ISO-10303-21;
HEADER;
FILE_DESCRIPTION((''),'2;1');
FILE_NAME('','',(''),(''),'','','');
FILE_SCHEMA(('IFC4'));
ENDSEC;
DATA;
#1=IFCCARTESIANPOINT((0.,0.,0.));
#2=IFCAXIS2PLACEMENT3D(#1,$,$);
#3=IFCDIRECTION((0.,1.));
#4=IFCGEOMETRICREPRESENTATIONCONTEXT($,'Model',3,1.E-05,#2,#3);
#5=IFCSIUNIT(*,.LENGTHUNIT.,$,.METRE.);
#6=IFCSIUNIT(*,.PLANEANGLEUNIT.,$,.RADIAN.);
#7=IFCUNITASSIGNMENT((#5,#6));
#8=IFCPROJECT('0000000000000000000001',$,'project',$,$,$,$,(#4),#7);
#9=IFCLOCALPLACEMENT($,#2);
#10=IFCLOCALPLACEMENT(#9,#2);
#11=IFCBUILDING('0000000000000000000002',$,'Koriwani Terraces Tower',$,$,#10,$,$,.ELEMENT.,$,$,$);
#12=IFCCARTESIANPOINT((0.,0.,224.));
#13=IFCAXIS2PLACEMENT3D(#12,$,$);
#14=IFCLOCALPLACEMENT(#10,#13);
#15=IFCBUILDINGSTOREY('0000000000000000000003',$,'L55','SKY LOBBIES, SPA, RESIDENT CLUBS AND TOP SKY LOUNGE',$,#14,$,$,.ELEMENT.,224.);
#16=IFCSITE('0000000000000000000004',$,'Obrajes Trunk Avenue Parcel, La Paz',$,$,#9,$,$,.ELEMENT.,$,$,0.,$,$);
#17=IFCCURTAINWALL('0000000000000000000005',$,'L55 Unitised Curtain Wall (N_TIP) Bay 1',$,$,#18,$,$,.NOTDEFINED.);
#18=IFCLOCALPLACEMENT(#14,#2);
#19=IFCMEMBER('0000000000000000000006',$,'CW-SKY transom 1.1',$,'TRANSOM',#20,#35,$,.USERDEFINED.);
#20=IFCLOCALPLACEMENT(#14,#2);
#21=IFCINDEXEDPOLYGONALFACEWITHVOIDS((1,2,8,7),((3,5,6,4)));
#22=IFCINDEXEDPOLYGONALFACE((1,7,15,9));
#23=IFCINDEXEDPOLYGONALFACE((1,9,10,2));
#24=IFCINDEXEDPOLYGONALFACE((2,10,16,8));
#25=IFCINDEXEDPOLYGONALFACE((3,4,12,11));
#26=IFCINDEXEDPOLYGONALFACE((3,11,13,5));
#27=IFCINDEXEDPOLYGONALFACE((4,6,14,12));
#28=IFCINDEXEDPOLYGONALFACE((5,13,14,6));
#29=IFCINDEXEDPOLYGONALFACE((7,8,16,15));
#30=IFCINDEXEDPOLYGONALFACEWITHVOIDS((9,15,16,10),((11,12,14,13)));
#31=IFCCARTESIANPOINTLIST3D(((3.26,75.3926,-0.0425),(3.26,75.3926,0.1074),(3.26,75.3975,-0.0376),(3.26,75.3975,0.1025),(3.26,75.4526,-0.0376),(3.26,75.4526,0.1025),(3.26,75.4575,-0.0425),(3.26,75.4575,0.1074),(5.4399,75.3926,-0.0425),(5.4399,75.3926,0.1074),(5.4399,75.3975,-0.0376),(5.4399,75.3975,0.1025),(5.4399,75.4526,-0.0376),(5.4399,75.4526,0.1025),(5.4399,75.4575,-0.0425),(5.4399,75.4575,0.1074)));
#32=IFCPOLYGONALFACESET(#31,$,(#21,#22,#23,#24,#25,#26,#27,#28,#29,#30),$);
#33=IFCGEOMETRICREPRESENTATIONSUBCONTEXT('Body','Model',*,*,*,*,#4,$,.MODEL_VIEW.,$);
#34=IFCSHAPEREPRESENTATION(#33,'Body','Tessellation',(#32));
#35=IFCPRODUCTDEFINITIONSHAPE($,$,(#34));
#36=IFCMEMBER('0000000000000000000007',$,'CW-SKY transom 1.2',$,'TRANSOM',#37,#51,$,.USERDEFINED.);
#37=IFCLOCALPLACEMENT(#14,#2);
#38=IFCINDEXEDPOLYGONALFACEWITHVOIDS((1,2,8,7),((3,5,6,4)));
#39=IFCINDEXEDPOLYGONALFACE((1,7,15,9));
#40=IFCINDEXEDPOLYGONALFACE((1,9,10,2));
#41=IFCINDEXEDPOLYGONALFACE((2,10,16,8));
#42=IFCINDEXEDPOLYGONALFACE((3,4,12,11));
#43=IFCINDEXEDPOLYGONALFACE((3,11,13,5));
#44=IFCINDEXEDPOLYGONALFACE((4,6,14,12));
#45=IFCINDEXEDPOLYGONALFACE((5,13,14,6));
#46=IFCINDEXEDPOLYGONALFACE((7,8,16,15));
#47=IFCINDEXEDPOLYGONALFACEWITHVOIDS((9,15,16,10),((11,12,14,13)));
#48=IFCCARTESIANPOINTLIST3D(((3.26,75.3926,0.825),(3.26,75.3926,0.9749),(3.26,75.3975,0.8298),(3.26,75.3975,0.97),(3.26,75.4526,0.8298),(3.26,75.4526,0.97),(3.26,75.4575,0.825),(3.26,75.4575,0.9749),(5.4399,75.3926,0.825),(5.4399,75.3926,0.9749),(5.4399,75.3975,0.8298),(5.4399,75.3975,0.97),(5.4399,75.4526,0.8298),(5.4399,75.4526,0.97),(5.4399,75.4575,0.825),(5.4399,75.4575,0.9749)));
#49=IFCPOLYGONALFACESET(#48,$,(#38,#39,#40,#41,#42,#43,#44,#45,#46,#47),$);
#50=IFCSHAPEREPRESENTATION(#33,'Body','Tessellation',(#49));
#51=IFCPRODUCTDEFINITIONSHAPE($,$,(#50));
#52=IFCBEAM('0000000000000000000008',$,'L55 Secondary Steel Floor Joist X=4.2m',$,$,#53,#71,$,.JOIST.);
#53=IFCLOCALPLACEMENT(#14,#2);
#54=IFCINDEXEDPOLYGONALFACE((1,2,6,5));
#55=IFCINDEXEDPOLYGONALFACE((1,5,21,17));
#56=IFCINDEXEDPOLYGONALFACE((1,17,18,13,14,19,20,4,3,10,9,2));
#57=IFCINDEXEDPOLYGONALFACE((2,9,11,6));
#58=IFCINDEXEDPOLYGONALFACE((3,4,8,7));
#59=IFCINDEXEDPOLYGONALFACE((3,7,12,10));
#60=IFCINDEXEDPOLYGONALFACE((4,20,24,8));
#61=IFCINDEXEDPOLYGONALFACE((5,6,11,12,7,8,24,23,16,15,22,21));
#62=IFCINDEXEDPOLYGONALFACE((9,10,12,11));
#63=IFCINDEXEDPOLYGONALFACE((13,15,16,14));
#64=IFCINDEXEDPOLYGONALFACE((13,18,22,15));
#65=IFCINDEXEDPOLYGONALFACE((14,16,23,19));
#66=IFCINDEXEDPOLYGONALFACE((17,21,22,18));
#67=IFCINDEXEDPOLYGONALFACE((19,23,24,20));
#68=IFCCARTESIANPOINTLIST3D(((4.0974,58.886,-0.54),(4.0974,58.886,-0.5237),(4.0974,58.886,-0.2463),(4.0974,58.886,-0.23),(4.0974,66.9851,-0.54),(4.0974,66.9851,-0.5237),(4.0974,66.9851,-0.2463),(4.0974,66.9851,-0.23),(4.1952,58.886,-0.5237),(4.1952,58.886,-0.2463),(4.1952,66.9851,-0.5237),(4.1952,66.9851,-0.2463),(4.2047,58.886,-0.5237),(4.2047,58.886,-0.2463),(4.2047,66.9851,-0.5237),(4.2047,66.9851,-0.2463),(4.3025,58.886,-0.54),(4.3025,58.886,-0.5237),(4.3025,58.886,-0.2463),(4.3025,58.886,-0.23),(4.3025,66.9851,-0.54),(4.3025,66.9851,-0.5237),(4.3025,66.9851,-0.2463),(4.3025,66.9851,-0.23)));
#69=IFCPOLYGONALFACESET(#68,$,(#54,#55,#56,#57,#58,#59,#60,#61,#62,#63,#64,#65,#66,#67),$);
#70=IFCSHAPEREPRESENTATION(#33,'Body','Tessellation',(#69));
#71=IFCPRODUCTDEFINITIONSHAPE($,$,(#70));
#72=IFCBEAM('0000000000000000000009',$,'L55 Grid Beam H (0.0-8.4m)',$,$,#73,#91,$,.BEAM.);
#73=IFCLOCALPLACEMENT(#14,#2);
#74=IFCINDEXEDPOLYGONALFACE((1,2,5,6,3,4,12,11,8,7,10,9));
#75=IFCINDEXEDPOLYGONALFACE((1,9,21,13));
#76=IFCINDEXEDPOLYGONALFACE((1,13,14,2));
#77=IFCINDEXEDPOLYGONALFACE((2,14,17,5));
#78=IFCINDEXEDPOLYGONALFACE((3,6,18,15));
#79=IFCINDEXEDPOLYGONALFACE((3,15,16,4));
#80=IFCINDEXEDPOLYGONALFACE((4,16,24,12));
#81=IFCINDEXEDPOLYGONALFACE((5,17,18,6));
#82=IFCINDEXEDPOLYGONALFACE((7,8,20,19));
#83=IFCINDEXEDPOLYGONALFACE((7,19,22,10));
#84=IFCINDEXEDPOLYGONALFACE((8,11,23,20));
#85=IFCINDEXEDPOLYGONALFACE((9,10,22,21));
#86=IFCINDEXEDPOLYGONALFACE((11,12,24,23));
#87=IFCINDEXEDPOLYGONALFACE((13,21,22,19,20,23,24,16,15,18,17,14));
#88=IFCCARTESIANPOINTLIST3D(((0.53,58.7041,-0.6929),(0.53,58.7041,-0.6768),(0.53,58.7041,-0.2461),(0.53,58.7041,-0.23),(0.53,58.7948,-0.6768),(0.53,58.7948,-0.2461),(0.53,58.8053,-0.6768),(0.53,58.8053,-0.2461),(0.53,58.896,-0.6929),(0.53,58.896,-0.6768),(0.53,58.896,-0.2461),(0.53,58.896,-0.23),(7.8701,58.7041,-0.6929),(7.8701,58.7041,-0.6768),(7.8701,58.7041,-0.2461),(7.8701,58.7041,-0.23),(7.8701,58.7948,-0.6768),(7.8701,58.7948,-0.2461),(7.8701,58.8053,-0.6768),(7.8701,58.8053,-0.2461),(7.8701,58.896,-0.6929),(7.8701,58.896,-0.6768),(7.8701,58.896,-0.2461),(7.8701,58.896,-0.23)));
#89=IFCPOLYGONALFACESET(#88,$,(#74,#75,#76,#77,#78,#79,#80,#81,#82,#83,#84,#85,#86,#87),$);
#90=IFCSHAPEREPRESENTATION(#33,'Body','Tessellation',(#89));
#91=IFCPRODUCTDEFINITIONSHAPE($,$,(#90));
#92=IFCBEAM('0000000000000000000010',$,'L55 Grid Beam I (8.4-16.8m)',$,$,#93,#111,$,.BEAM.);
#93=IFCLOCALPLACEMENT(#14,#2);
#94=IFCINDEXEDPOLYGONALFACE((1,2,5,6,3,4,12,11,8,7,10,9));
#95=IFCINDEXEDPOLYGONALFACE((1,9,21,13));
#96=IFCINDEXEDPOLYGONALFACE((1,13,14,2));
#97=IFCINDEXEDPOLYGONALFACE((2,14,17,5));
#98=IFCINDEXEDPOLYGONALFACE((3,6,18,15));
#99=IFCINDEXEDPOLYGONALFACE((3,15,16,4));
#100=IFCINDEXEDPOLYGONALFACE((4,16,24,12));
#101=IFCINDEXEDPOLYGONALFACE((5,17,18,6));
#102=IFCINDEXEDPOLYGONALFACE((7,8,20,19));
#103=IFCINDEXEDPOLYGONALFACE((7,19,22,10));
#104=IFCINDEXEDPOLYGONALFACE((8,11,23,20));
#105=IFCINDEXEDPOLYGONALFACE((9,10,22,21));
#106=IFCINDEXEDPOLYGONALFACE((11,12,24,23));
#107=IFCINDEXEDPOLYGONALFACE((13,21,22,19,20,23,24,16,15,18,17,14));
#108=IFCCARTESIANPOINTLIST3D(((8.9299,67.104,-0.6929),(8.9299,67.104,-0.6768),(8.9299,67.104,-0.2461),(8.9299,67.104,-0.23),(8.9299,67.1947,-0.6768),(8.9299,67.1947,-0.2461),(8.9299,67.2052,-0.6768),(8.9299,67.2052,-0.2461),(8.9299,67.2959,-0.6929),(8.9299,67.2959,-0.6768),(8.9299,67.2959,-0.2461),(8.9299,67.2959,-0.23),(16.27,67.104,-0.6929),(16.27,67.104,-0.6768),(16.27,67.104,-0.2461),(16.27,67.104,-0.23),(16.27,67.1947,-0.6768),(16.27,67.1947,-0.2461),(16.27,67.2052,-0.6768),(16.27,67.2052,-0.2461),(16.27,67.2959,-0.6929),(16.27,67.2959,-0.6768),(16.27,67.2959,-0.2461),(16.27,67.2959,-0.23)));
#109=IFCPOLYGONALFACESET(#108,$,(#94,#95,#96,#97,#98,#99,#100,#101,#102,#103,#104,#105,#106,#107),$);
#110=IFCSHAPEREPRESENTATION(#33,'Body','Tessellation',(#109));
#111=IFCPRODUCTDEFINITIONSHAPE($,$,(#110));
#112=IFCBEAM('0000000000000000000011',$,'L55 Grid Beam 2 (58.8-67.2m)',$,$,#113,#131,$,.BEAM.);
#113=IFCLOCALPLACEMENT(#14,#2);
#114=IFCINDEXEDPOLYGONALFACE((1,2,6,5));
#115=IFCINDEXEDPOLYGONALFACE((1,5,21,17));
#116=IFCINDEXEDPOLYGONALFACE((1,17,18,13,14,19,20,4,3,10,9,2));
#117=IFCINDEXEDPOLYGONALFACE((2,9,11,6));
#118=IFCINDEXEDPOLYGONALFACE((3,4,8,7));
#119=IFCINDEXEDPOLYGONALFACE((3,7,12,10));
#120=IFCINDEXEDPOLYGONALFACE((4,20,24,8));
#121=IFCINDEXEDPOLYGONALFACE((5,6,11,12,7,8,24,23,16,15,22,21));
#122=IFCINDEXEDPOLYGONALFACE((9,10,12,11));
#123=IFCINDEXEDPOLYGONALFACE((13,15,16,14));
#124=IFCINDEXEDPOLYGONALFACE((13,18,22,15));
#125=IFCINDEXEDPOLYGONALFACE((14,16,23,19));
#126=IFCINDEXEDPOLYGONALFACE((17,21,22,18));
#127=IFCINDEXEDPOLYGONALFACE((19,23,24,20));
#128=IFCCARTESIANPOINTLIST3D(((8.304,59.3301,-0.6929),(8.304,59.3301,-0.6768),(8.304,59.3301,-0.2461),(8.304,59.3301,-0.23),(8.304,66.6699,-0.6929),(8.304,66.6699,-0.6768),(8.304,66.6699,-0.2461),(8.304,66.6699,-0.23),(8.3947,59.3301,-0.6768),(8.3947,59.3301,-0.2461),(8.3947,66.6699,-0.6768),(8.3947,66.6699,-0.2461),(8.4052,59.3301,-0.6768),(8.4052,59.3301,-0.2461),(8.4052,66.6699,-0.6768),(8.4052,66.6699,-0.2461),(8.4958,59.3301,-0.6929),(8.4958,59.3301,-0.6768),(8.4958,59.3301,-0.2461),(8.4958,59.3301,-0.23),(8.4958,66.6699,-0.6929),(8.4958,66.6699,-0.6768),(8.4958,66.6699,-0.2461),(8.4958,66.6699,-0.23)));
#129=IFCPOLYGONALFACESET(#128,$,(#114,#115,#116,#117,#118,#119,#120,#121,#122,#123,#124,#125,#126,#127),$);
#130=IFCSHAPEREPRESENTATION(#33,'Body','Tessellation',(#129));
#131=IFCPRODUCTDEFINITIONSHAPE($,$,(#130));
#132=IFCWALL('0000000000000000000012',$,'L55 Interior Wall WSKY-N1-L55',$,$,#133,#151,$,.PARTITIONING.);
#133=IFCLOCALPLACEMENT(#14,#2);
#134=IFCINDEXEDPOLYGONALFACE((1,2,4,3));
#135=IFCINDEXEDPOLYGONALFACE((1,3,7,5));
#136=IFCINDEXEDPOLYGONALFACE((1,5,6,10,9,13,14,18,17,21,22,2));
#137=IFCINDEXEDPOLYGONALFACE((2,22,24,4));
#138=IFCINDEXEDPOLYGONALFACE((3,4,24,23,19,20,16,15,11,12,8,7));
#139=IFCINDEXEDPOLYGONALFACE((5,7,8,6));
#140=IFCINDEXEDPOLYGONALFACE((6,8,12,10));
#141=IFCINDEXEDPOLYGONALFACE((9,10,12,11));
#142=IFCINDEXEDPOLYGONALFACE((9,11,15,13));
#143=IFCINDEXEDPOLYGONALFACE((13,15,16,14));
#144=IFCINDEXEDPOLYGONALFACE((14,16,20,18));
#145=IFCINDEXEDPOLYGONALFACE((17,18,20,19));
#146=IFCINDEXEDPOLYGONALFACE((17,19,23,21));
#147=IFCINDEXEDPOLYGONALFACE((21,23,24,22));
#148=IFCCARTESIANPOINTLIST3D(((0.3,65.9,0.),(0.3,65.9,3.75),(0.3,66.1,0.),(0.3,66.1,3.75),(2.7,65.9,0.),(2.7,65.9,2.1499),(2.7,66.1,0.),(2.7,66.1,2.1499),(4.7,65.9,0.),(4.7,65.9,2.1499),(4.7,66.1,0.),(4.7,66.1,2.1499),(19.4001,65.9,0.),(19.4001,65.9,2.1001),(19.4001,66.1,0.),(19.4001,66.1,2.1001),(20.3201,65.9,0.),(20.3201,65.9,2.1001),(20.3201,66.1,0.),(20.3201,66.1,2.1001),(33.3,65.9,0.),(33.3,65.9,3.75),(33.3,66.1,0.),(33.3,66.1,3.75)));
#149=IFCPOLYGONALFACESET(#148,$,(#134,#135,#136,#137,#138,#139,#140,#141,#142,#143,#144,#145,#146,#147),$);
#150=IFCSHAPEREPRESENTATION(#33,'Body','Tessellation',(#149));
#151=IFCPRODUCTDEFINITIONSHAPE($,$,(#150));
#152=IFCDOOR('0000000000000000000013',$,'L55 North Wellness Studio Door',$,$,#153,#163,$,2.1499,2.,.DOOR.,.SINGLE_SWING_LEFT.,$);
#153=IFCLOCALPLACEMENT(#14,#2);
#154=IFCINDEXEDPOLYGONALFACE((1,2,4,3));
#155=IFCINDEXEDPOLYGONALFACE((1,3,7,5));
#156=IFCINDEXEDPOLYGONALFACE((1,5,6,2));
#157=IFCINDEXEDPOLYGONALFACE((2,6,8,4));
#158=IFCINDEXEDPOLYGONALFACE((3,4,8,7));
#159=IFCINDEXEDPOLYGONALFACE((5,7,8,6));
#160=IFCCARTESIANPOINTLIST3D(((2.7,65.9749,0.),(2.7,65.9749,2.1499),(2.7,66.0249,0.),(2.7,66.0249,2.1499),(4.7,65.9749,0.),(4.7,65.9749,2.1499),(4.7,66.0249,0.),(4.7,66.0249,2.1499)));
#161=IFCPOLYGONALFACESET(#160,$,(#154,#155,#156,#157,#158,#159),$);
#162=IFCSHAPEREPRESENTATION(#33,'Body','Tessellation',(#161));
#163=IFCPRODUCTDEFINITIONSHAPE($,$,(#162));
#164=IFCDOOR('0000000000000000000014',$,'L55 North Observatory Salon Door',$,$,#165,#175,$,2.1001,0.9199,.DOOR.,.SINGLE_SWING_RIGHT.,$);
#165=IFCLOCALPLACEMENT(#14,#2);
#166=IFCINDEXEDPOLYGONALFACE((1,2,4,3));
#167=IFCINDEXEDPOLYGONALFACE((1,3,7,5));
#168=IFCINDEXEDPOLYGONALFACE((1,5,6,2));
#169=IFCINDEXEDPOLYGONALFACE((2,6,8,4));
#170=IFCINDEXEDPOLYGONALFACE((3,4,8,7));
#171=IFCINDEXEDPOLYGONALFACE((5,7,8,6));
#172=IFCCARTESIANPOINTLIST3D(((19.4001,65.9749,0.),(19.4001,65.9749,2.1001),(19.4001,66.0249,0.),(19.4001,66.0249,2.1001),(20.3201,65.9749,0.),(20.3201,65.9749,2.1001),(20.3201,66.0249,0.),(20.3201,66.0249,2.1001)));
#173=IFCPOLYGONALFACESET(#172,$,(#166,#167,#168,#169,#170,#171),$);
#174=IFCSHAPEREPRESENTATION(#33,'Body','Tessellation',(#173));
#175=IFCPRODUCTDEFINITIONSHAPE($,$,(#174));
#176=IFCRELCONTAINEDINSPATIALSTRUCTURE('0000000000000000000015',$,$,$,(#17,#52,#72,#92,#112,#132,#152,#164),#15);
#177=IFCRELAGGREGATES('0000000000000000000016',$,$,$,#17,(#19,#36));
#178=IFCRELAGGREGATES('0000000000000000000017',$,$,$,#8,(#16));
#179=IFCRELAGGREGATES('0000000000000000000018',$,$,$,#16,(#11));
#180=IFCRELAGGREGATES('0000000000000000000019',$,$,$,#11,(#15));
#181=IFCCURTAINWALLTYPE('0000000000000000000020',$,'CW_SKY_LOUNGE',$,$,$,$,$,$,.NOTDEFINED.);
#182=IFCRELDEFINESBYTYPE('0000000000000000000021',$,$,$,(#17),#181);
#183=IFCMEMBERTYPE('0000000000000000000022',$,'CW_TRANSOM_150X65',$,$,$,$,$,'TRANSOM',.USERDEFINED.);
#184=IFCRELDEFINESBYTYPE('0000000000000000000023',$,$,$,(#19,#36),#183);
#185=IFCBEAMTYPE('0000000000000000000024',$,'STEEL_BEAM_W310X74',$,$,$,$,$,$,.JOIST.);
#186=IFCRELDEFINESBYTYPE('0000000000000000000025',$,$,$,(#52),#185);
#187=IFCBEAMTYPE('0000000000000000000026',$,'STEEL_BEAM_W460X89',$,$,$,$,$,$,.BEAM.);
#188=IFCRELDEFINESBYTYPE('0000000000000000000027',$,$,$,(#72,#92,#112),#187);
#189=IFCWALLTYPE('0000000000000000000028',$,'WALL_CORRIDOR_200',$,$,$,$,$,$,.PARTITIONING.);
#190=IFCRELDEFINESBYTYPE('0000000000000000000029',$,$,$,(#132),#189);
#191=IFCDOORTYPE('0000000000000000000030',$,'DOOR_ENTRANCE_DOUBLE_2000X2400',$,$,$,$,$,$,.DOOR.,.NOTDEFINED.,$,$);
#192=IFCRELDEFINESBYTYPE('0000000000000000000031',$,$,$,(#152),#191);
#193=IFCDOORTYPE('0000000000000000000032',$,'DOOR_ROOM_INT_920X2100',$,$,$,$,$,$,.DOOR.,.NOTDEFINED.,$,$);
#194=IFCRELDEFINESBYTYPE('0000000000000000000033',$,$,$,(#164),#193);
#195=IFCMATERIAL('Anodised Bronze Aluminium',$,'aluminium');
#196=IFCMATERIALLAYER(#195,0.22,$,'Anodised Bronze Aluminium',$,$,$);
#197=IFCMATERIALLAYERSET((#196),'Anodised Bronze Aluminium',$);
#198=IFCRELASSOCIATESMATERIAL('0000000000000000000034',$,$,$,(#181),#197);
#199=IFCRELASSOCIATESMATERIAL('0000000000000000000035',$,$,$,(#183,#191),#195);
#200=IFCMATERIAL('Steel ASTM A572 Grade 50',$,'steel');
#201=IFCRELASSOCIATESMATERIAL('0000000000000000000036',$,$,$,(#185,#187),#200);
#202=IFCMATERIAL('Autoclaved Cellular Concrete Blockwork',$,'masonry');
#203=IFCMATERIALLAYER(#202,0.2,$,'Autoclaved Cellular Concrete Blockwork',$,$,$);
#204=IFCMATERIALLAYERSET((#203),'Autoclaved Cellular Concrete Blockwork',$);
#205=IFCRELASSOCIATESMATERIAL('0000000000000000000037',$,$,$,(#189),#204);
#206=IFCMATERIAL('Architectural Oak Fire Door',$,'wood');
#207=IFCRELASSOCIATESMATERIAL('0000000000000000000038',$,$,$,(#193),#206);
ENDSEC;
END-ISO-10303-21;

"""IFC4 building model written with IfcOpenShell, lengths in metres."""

from ifc_helpers import new_model, si_unit, direction, frame, frame_2d, origin, origin_2d, place, context, subcontext, project, spatial, rectangle, hollow_rectangle, i_section, extrude, material, layer, layer_set, material_profile, profile_set, type_object, element, fill, aggregate, save


model = new_model("IFC4")

# Units and contexts
model_context = context("Model", 3, precision=1e-05, world=origin(), true_north=direction((0.0, 1.0)))
body_context = subcontext(model_context, "Body", "Model", "MODEL_VIEW")
ifc_project = project(units=[si_unit("LENGTHUNIT", "METRE"), si_unit("PLANEANGLEUNIT", "RADIAN")], contexts=[model_context])

# Site, building, storey
site_placement = place(None, origin())
site = spatial("IfcSite", under=ifc_project, at=site_placement, Name="Obrajes Trunk Avenue Parcel, La Paz", CompositionType="ELEMENT", RefElevation=0.0)
building_placement = place(site_placement, origin())
building = spatial("IfcBuilding", under=site, at=building_placement, Name="Koriwani Terraces Tower", CompositionType="ELEMENT")
storey_placement = place(building_placement, frame((0.0, 0.0, 224.0)))
storey = spatial("IfcBuildingStorey", under=building, at=storey_placement, Name="L55", Description="SKY LOBBIES, SPA, RESIDENT CLUBS AND TOP SKY LOUNGE", CompositionType="ELEMENT", Elevation=224.0)

# Curtain wall, members
ifc_material_1 = material(Name="Anodised Bronze Aluminium", Category="aluminium")
ifc_layer_1 = layer(ifc_material_1, 0.22, Name="Anodised Bronze Aluminium")
ifc_layer_set_1 = layer_set([ifc_layer_1], Name="Anodised Bronze Aluminium")
curtain_wall_type = type_object("IfcCurtainWallType", Name="CW_SKY_LOUNGE", PredefinedType="NOTDEFINED", material=ifc_layer_set_1)
curtain_wall_placement = place(storey_placement, origin())
curtain_wall = element("IfcCurtainWall", 1, at=curtain_wall_placement, inside=storey, type_object=curtain_wall_type, Name="L55 Unitised Curtain Wall (N_TIP) Bay 1", PredefinedType="NOTDEFINED")
ifc_material_profile_1 = material_profile(ifc_material_1, hollow_rectangle(XDim=0.0649, YDim=0.1499, WallThickness=0.0049, at=origin_2d()), Name="Anodised Bronze Aluminium", Category="LoadBearing")
ifc_profile_set_1 = profile_set([ifc_material_profile_1], Name="Anodised Bronze Aluminium")
member_type_1 = type_object("IfcMemberType", Name="CW_TRANSOM_150X65", ElementType="TRANSOM", PredefinedType="USERDEFINED", material=ifc_profile_set_1)
member_1_placement = place(storey_placement, frame((3.26, 75.425, 0.0325), z_axis=(1.0, 0.0, 0.0), x_axis=(0.0, 1.0, 0.0)))
member_1 = element("IfcMember", 2, at=member_1_placement, type_object=member_type_1, Name="CW-SKY transom 1.1", ObjectType="TRANSOM", PredefinedType="USERDEFINED", context=body_context, shape_type="SweptSolid", body=[
    extrude(hollow_rectangle(XDim=0.0649, YDim=0.1499, WallThickness=0.0049, at=origin_2d()), origin(), (0.0, 0.0, 1.0), 2.1799),
])
member_2_placement = place(storey_placement, frame((3.26, 75.425, 0.8999), z_axis=(1.0, 0.0, 0.0), x_axis=(0.0, 1.0, 0.0)))
member_2 = element("IfcMember", 3, at=member_2_placement, type_object=member_type_1, Name="CW-SKY transom 1.2", ObjectType="TRANSOM", PredefinedType="USERDEFINED", context=body_context, shape_type="SweptSolid", body=[
    extrude(hollow_rectangle(XDim=0.0649, YDim=0.1499, WallThickness=0.0049, at=origin_2d()), origin(), (0.0, 0.0, 1.0), 2.1799),
])
aggregate(curtain_wall, [member_1, member_2])

# Beams
ifc_material_2 = material(Name="Steel ASTM A572 Grade 50", Category="steel")
ifc_material_profile_2 = material_profile(ifc_material_2, i_section(OverallWidth=0.2051, OverallDepth=0.3101, WebThickness=0.0095, FlangeThickness=0.0164, at=origin_2d()), Name="Steel ASTM A572 Grade 50", Category="LoadBearing")
ifc_profile_set_2 = profile_set([ifc_material_profile_2], Name="Steel ASTM A572 Grade 50")
beam_type_1 = type_object("IfcBeamType", Name="STEEL_BEAM_W310X74", PredefinedType="JOIST", material=ifc_profile_set_2)
beam_1_placement = place(storey_placement, frame((4.2, 58.886, -0.385), z_axis=(0.0, 1.0, 0.0), x_axis=(-1.0, 0.0, 0.0)))
element("IfcBeam", 4, at=beam_1_placement, inside=storey, type_object=beam_type_1, Name="L55 Secondary Steel Floor Joist X=4.2m", PredefinedType="JOIST", context=body_context, shape_type="SweptSolid", body=[
    extrude(i_section(OverallWidth=0.2051, OverallDepth=0.3101, WebThickness=0.0095, FlangeThickness=0.0164, at=origin_2d()), origin(), (0.0, 0.0, 1.0), 8.0991),
])
ifc_material_profile_3 = material_profile(ifc_material_2, i_section(OverallWidth=0.1919, OverallDepth=0.4629, WebThickness=0.0105, FlangeThickness=0.0161, at=origin_2d()), Name="Steel ASTM A572 Grade 50", Category="LoadBearing")
ifc_profile_set_3 = profile_set([ifc_material_profile_3], Name="Steel ASTM A572 Grade 50")
beam_type_2 = type_object("IfcBeamType", Name="STEEL_BEAM_W460X89", PredefinedType="BEAM", material=ifc_profile_set_3)
for number, where, z_axis, x_axis, name in (
    (5, (0.53, 58.8, -0.4614), (1.0, 0.0, 0.0), (0.0, 1.0, 0.0), "L55 Grid Beam H (0.0-8.4m)"),
    (6, (8.9299, 67.2, -0.4614), (1.0, 0.0, 0.0), (0.0, 1.0, 0.0), "L55 Grid Beam I (8.4-16.8m)"),
):
    element("IfcBeam", number, at=place(storey_placement, frame(where, z_axis=z_axis, x_axis=x_axis)), inside=storey, type_object=beam_type_2, Name=name, PredefinedType="BEAM", context=body_context, shape_type="SweptSolid", body=[
        extrude(i_section(OverallWidth=0.1919, OverallDepth=0.4629, WebThickness=0.0105, FlangeThickness=0.0161, at=origin_2d()), origin(), (0.0, 0.0, 1.0), 7.3401),
    ])
beam_2_placement = place(storey_placement, frame((8.3999, 59.3301, -0.4614), z_axis=(0.0, 1.0, 0.0), x_axis=(-1.0, 0.0, 0.0)))
element("IfcBeam", 7, at=beam_2_placement, inside=storey, type_object=beam_type_2, Name="L55 Grid Beam 2 (58.8-67.2m)", PredefinedType="BEAM", context=body_context, shape_type="SweptSolid", body=[
    extrude(i_section(OverallWidth=0.1919, OverallDepth=0.4629, WebThickness=0.0105, FlangeThickness=0.0161, at=origin_2d()), origin(), (0.0, 0.0, 1.0), 7.3398),
])

# Wall, openings, doors
ifc_material_3 = material(Name="Autoclaved Cellular Concrete Blockwork", Category="masonry")
ifc_layer_2 = layer(ifc_material_3, 0.2, Name="Autoclaved Cellular Concrete Blockwork")
ifc_layer_set_2 = layer_set([ifc_layer_2], Name="Autoclaved Cellular Concrete Blockwork")
wall_type_1 = type_object("IfcWallType", Name="WALL_CORRIDOR_200", PredefinedType="PARTITIONING", material=ifc_layer_set_2)
wall_1_placement = place(storey_placement, frame((0.3, 66.0, 0.0), z_axis=(0.0, 0.0, 1.0), x_axis=(1.0, 0.0, 0.0)))
wall_1 = element("IfcWall", 8, at=wall_1_placement, inside=storey, type_object=wall_type_1, Name="L55 Interior Wall WSKY-N1-L55", PredefinedType="PARTITIONING", context=body_context, shape_type="SweptSolid", body=[
    extrude(rectangle(XDim=33.0, YDim=0.2, at=frame_2d((16.5, 0.0))), origin(), (0.0, 0.0, 1.0), 3.75),
])
opening_1_placement = place(wall_1_placement, frame((2.3999, 0.0, 0.0)))
opening_1 = element("IfcOpeningElement", 9, at=opening_1_placement, cuts=wall_1, PredefinedType="OPENING", context=body_context, shape_type="SweptSolid", body=[
    extrude(rectangle(XDim=2.0, YDim=2.1499, at=frame_2d((1.0, 1.075))), frame((0.0, 0.1099, 0.0), z_axis=(0.0, -1.0, 0.0), x_axis=(1.0, 0.0, 0.0)), (0.0, 0.0, 1.0), 0.22),
])
opening_2_placement = place(wall_1_placement, frame((19.1001, 0.0, 0.0)))
opening_2 = element("IfcOpeningElement", 10, at=opening_2_placement, cuts=wall_1, PredefinedType="OPENING", context=body_context, shape_type="SweptSolid", body=[
    extrude(rectangle(XDim=0.9199, YDim=2.1001, at=frame_2d((0.46, 1.05))), frame((0.0, 0.1099, 0.0), z_axis=(0.0, -1.0, 0.0), x_axis=(1.0, 0.0, 0.0)), (0.0, 0.0, 1.0), 0.22),
])
door_type_1 = type_object("IfcDoorType", Name="DOOR_ENTRANCE_DOUBLE_2000X2400", OperationType="NOTDEFINED", PredefinedType="DOOR", material=ifc_material_1)
door_1_placement = place(opening_1_placement, origin())
door_1 = element("IfcDoor", 11, at=door_1_placement, inside=storey, type_object=door_type_1, Name="L55 North Wellness Studio Door", OperationType="SINGLE_SWING_LEFT", OverallHeight=2.1499, OverallWidth=2.0, PredefinedType="DOOR", context=body_context, shape_type="SweptSolid", body=[
    extrude(rectangle(XDim=2.0, YDim=2.1499, at=frame_2d((1.0, 1.075))), frame((0.0, 0.0249, 0.0), z_axis=(0.0, -1.0, 0.0), x_axis=(1.0, 0.0, 0.0)), (0.0, 0.0, 1.0), 0.05),
])
fill(opening_1, door_1)
ifc_material_4 = material(Name="Architectural Oak Fire Door", Category="wood")
door_type_2 = type_object("IfcDoorType", Name="DOOR_ROOM_INT_920X2100", OperationType="NOTDEFINED", PredefinedType="DOOR", material=ifc_material_4)
door_2_placement = place(opening_2_placement, origin())
door_2 = element("IfcDoor", 12, at=door_2_placement, inside=storey, type_object=door_type_2, Name="L55 North Observatory Salon Door", OperationType="SINGLE_SWING_RIGHT", OverallHeight=2.1001, OverallWidth=0.9199, PredefinedType="DOOR", context=body_context, shape_type="SweptSolid", body=[
    extrude(rectangle(XDim=0.9199, YDim=2.1001, at=frame_2d((0.46, 1.05))), frame((0.0, 0.0249, 0.0), z_axis=(0.0, -1.0, 0.0), x_axis=(1.0, 0.0, 0.0)), (0.0, 0.0, 1.0), 0.05),
])
fill(opening_2, door_2)

save(model, "model.ifc")
